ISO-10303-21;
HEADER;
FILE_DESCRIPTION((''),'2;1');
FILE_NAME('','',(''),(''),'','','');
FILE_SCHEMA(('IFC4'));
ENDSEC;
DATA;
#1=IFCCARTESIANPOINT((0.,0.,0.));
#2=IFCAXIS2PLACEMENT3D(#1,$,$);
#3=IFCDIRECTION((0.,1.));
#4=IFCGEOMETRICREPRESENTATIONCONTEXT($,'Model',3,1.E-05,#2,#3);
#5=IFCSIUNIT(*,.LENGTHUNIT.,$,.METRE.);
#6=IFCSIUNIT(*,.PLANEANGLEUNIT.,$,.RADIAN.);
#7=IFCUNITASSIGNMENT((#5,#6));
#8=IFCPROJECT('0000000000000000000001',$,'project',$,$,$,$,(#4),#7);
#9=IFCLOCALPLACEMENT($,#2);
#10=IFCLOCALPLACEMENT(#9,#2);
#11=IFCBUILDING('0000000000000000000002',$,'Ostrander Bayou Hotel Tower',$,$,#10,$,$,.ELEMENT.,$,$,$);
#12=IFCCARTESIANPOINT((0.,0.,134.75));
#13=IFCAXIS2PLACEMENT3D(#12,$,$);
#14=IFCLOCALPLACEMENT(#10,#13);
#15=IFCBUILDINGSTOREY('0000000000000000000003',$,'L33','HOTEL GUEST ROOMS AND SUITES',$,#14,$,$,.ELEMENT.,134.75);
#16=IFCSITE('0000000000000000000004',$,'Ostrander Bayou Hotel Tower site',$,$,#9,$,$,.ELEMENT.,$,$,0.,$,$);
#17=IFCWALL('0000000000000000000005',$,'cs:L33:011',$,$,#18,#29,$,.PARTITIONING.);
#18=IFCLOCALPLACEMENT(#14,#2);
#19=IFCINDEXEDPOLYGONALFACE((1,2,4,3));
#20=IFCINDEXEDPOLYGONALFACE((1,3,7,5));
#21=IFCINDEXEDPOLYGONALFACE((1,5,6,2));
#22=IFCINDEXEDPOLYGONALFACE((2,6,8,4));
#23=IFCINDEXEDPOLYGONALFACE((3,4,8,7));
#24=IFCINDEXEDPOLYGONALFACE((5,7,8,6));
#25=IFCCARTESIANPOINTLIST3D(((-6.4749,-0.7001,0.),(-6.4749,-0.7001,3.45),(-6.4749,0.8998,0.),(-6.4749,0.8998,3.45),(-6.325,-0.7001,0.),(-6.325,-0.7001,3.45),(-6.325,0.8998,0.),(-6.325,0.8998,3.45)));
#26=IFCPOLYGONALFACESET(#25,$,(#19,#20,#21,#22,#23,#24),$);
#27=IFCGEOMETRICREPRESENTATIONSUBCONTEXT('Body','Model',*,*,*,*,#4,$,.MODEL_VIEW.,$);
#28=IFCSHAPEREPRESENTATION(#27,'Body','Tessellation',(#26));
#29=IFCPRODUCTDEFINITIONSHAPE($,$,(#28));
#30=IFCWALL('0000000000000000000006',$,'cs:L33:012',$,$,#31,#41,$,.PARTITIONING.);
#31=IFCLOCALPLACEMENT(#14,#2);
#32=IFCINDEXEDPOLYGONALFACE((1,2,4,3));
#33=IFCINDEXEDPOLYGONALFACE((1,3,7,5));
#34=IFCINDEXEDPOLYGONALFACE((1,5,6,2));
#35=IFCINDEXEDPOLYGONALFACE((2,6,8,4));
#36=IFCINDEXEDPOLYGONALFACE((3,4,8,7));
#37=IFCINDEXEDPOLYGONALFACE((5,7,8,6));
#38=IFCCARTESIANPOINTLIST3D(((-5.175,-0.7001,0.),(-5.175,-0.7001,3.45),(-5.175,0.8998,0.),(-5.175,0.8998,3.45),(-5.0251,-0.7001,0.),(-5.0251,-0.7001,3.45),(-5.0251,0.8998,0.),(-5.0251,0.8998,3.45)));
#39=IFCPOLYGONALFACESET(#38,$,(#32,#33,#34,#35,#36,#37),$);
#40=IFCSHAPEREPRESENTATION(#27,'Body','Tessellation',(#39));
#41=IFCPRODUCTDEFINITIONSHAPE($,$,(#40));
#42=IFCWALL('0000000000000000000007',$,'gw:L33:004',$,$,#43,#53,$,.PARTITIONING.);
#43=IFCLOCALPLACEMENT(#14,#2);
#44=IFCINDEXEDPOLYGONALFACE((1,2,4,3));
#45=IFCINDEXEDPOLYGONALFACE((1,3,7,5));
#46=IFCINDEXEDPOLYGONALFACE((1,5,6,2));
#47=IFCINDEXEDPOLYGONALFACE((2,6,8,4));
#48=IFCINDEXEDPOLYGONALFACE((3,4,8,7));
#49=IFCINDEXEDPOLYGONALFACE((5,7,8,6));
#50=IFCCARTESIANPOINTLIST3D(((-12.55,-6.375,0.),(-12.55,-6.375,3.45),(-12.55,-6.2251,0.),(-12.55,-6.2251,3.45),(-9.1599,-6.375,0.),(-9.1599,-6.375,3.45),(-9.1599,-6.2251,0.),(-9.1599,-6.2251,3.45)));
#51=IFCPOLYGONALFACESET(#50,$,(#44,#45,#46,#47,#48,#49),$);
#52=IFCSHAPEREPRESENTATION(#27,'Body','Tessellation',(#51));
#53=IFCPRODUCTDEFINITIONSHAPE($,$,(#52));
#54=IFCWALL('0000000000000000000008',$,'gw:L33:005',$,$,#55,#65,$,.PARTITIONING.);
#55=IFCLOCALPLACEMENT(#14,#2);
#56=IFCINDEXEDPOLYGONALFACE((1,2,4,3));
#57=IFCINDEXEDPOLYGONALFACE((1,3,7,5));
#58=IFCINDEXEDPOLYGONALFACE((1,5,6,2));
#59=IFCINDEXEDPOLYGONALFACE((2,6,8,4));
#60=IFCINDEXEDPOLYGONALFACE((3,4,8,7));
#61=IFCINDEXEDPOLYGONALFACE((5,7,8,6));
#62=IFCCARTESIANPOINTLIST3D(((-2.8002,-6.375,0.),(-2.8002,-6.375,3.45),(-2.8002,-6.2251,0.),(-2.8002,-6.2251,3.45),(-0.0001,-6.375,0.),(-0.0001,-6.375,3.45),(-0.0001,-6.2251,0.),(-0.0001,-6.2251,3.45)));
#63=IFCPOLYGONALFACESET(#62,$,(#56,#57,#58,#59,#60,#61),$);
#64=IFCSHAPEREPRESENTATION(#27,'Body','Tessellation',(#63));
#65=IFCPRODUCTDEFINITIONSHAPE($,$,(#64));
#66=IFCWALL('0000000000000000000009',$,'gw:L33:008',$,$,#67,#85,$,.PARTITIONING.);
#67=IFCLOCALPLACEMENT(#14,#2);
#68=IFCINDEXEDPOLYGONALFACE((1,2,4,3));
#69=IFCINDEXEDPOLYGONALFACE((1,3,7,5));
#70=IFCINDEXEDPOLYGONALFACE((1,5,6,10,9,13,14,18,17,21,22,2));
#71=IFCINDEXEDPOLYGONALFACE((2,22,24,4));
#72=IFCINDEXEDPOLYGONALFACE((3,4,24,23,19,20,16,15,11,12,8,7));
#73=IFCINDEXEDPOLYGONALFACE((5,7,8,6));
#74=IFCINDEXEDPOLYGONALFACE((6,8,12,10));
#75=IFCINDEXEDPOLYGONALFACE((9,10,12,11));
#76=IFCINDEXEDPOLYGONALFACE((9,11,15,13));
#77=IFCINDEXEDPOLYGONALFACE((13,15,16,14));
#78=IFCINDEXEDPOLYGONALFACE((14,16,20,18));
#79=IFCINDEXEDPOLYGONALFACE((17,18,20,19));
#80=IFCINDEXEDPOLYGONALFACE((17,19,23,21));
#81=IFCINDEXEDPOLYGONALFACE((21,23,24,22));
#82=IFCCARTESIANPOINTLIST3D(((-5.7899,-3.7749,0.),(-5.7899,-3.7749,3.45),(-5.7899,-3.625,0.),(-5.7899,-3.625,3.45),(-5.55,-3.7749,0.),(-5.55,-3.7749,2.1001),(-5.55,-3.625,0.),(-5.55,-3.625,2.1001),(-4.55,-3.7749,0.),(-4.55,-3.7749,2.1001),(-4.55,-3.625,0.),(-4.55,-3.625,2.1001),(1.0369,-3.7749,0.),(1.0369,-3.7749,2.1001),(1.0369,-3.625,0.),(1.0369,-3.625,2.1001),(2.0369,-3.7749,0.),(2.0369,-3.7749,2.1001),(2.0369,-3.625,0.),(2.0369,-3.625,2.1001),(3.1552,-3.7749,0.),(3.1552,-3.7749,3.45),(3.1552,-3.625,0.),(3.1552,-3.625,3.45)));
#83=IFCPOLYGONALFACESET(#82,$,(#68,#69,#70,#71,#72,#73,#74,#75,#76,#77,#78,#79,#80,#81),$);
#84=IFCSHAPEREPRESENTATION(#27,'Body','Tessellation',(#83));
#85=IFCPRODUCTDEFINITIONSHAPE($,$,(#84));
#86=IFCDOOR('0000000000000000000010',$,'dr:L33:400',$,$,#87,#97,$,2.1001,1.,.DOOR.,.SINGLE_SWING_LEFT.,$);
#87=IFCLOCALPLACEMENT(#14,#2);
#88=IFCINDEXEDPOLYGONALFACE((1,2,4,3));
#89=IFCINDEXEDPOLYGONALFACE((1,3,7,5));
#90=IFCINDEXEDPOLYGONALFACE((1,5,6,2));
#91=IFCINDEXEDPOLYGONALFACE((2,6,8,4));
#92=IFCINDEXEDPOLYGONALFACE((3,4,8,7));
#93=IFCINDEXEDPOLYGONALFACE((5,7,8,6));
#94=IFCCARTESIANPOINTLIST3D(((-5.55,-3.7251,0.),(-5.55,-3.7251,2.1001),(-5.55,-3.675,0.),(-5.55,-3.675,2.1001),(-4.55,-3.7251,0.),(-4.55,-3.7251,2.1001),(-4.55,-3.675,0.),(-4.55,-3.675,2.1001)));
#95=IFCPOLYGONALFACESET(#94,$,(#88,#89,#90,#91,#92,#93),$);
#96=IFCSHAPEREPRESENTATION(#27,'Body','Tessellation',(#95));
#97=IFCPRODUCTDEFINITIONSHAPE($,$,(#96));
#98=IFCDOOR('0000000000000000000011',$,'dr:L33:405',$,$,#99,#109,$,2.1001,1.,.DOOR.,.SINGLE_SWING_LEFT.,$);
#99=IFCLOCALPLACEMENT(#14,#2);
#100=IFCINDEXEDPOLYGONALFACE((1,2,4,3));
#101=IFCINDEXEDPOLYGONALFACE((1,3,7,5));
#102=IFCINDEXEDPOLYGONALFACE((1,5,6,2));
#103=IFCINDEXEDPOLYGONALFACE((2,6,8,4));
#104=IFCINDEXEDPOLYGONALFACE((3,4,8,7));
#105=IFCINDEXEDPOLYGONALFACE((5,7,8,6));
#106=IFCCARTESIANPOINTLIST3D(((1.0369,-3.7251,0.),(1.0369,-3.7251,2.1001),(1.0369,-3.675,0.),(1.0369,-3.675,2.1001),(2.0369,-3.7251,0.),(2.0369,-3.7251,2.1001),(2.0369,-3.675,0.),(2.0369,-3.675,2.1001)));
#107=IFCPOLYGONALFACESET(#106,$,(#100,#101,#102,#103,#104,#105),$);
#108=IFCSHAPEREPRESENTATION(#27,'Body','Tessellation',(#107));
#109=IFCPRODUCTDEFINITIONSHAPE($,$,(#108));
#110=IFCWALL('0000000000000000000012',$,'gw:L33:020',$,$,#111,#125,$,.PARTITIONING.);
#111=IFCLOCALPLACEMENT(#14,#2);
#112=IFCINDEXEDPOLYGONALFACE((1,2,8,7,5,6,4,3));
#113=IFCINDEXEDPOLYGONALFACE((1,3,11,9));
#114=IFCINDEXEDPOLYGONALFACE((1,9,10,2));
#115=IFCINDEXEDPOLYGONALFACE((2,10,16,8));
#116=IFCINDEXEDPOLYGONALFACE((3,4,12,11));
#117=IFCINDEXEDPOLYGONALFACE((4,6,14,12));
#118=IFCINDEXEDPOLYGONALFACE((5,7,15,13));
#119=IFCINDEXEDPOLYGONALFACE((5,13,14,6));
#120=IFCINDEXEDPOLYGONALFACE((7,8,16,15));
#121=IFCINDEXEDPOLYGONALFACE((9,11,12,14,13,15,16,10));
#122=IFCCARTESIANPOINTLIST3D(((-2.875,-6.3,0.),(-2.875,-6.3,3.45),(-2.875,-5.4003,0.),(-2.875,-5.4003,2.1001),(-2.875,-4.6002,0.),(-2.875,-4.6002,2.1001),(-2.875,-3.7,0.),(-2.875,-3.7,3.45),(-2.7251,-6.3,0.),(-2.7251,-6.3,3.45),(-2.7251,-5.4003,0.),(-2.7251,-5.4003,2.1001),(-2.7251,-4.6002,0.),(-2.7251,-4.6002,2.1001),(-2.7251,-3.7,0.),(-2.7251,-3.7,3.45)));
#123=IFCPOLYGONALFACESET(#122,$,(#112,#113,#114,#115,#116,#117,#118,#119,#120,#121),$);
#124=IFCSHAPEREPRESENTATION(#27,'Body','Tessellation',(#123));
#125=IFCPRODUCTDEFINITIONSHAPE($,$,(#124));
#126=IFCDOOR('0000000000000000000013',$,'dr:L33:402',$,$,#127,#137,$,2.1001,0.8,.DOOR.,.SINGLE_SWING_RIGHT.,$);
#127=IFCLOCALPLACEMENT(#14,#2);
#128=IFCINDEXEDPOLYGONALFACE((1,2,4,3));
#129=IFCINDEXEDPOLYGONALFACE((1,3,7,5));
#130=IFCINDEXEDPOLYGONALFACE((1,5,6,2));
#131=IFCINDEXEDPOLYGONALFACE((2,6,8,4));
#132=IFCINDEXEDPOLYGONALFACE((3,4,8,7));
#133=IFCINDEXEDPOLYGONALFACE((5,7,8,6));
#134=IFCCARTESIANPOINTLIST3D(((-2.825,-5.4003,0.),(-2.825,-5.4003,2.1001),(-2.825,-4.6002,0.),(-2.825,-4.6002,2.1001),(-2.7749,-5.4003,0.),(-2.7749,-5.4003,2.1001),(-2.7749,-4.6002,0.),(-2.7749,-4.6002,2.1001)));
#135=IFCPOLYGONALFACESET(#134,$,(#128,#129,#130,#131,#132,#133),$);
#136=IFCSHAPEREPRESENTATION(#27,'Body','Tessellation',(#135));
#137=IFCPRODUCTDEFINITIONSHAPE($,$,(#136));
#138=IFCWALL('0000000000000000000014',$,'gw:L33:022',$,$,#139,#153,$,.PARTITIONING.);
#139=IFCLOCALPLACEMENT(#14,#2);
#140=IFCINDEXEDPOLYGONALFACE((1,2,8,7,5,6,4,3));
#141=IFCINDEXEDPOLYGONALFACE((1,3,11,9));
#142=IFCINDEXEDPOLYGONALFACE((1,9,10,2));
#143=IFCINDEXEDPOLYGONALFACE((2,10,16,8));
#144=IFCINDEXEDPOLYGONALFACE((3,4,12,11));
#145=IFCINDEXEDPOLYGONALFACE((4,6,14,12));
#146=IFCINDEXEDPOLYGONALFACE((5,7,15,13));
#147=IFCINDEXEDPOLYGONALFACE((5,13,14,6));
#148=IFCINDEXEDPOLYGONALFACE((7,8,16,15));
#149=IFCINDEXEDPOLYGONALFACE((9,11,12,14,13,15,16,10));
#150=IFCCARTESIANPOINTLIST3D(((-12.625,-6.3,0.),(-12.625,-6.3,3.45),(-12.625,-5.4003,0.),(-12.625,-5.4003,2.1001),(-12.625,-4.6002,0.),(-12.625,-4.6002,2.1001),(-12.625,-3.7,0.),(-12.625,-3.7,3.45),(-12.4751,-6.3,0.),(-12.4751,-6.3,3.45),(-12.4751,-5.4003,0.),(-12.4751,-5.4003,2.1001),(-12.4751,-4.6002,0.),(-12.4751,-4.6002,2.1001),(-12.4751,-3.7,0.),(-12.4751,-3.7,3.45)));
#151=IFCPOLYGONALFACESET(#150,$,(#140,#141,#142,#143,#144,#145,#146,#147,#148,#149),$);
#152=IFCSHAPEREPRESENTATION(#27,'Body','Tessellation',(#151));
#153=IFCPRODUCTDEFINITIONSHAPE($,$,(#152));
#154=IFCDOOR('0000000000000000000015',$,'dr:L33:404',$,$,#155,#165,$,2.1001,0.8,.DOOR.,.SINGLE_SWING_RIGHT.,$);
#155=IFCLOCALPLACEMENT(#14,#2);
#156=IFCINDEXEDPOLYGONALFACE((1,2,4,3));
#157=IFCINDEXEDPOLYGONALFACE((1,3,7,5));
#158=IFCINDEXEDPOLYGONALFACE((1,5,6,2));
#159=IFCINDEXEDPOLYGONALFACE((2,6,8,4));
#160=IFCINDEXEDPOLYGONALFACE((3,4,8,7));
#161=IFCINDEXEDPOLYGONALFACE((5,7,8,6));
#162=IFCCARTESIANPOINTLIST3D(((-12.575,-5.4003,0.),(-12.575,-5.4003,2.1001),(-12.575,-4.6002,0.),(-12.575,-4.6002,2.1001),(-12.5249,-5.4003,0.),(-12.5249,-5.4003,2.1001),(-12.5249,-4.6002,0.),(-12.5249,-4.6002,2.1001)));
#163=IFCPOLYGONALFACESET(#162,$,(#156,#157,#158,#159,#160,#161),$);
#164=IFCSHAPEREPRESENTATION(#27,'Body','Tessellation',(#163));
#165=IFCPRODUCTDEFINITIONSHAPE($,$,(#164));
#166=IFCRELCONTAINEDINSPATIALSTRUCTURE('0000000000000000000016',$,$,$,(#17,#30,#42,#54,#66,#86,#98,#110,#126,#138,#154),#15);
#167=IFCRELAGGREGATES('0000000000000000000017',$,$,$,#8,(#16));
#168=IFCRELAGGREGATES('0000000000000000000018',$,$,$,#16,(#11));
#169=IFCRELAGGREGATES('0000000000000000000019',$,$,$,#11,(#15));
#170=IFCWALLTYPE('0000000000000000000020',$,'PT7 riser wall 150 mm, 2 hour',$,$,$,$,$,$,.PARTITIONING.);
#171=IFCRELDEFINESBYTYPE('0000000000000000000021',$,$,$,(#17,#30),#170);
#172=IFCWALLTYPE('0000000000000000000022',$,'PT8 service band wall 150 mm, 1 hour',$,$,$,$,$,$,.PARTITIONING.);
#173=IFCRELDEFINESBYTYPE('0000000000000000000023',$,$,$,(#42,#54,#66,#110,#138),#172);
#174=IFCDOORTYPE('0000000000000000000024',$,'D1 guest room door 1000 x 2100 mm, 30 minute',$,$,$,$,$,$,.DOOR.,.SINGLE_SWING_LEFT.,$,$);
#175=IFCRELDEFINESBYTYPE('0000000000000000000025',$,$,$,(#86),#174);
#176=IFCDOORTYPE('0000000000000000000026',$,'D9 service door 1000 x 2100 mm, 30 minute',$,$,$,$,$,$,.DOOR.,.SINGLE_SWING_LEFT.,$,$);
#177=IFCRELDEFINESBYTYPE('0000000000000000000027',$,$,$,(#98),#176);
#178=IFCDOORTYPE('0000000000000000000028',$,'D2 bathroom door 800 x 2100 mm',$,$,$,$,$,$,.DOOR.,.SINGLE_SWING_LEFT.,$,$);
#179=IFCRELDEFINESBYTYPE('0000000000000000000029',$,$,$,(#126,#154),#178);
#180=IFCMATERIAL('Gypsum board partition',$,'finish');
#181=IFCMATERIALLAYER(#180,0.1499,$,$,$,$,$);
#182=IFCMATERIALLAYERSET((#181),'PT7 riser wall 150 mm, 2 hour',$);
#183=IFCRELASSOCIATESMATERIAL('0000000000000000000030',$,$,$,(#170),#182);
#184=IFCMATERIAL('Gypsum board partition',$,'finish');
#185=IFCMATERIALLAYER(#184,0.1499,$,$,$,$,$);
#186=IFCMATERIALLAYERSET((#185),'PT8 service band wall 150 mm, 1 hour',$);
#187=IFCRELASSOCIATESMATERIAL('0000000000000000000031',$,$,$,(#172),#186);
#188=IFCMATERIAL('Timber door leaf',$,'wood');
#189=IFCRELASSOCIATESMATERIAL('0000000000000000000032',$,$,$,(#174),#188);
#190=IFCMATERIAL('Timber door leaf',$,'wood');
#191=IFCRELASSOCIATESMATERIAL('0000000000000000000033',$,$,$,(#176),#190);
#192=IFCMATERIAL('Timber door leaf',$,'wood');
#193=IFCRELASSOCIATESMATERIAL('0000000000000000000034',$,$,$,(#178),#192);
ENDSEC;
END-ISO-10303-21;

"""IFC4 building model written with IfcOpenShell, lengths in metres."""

from ifc_helpers import new_model, si_unit, direction, frame, frame_2d, origin, place, context, subcontext, project, spatial, rectangle, extrude, material, layer, layer_set, type_object, element, fill, save


model = new_model("IFC4")

# Units and contexts
model_context = context("Model", 3, precision=1e-05, world=origin(), true_north=direction((0.0, 1.0)))
body_context = subcontext(model_context, "Body", "Model", "MODEL_VIEW")
ifc_project = project(units=[si_unit("LENGTHUNIT", "METRE"), si_unit("PLANEANGLEUNIT", "RADIAN")], contexts=[model_context])

# Site, building, storey
site_placement = place(None, origin())
site = spatial("IfcSite", under=ifc_project, at=site_placement, Name="Ostrander Bayou Hotel Tower site", CompositionType="ELEMENT", RefElevation=0.0)
building_placement = place(site_placement, origin())
building = spatial("IfcBuilding", under=site, at=building_placement, Name="Ostrander Bayou Hotel Tower", CompositionType="ELEMENT")
storey_placement = place(building_placement, frame((0.0, 0.0, 134.75)))
storey = spatial("IfcBuildingStorey", under=building, at=storey_placement, Name="L33", Description="HOTEL GUEST ROOMS AND SUITES", CompositionType="ELEMENT", Elevation=134.75)

# Walls
ifc_material_1 = material(Name="Gypsum board partition", Category="finish")
ifc_layer_1 = layer(ifc_material_1, 0.1499)
ifc_layer_set_1 = layer_set([ifc_layer_1], Name="PT7 riser wall 150 mm, 2 hour")
wall_type_1 = type_object("IfcWallType", Name="PT7 riser wall 150 mm, 2 hour", PredefinedType="PARTITIONING", material=ifc_layer_set_1)
for number, where, z_axis, x_axis, name in (
    (1, (-6.3999, -0.7, 0.0), (0.0, 0.0, 1.0), (0.0, 1.0, 0.0), "cs:L33:011"),
    (2, (-5.1001, -0.7, 0.0), (0.0, 0.0, 1.0), (0.0, 1.0, 0.0), "cs:L33:012"),
):
    element("IfcWall", number, at=place(storey_placement, frame(where, z_axis=z_axis, x_axis=x_axis)), inside=storey, type_object=wall_type_1, Name=name, PredefinedType="PARTITIONING", context=body_context, shape_type="SweptSolid", body=[
        extrude(rectangle(XDim=1.5999, YDim=0.1499, at=frame_2d((0.7998, 0.0))), origin(), (0.0, 0.0, 1.0), 3.45),
    ])
ifc_material_2 = material(Name="Gypsum board partition", Category="finish")
ifc_layer_2 = layer(ifc_material_2, 0.1499)
ifc_layer_set_2 = layer_set([ifc_layer_2], Name="PT8 service band wall 150 mm, 1 hour")
wall_type_2 = type_object("IfcWallType", Name="PT8 service band wall 150 mm, 1 hour", PredefinedType="PARTITIONING", material=ifc_layer_set_2)
wall_1_placement = place(storey_placement, frame((-12.55, -6.3, 0.0), z_axis=(0.0, 0.0, 1.0), x_axis=(1.0, 0.0, 0.0)))
element("IfcWall", 3, at=wall_1_placement, inside=storey, type_object=wall_type_2, Name="gw:L33:004", PredefinedType="PARTITIONING", context=body_context, shape_type="SweptSolid", body=[
    extrude(rectangle(XDim=3.3901, YDim=0.1499, at=frame_2d((1.6951, 0.0))), origin(), (0.0, 0.0, 1.0), 3.45),
])
wall_2_placement = place(storey_placement, frame((-2.8, -6.3, 0.0), z_axis=(0.0, 0.0, 1.0), x_axis=(1.0, 0.0, 0.0)))
element("IfcWall", 4, at=wall_2_placement, inside=storey, type_object=wall_type_2, Name="gw:L33:005", PredefinedType="PARTITIONING", context=body_context, shape_type="SweptSolid", body=[
    extrude(rectangle(XDim=2.8, YDim=0.1499, at=frame_2d((1.3999, 0.0))), origin(), (0.0, 0.0, 1.0), 3.45),
])

# Wall, openings, doors
wall_3_placement = place(storey_placement, frame((-5.79, -3.7, 0.0), z_axis=(0.0, 0.0, 1.0), x_axis=(1.0, 0.0, 0.0)))
wall_3 = element("IfcWall", 5, at=wall_3_placement, inside=storey, type_object=wall_type_2, Name="gw:L33:008", PredefinedType="PARTITIONING", context=body_context, shape_type="SweptSolid", body=[
    extrude(rectangle(XDim=8.9451, YDim=0.1499, at=frame_2d((4.4727, 0.0))), origin(), (0.0, 0.0, 1.0), 3.45),
])
opening_1_placement = place(wall_3_placement, frame((0.24, 0.0, 0.0)))
opening_1 = element("IfcOpeningElement", 6, at=opening_1_placement, cuts=wall_3, PredefinedType="OPENING", context=body_context, shape_type="SweptSolid", body=[
    extrude(rectangle(XDim=1.0, YDim=2.1001, at=frame_2d((0.5, 1.05))), frame((0.0, 0.075, 0.0), z_axis=(0.0, -1.0, 0.0), x_axis=(1.0, 0.0, 0.0)), (0.0, 0.0, 1.0), 0.1499),
])
opening_2_placement = place(wall_3_placement, frame((6.8269, 0.0, 0.0)))
opening_2 = element("IfcOpeningElement", 7, at=opening_2_placement, cuts=wall_3, PredefinedType="OPENING", context=body_context, shape_type="SweptSolid", body=[
    extrude(rectangle(XDim=1.0, YDim=2.1001, at=frame_2d((0.5, 1.05))), frame((0.0, 0.075, 0.0), z_axis=(0.0, -1.0, 0.0), x_axis=(1.0, 0.0, 0.0)), (0.0, 0.0, 1.0), 0.1499),
])
ifc_material_3 = material(Name="Timber door leaf", Category="wood")
door_type_1 = type_object("IfcDoorType", Name="D1 guest room door 1000 x 2100 mm, 30 minute", OperationType="SINGLE_SWING_LEFT", PredefinedType="DOOR", material=ifc_material_3)
door_1_placement = place(opening_1_placement, origin())
door_1 = element("IfcDoor", 8, at=door_1_placement, inside=storey, type_object=door_type_1, Name="dr:L33:400", OperationType="SINGLE_SWING_LEFT", OverallHeight=2.1001, OverallWidth=1.0, PredefinedType="DOOR", context=body_context, shape_type="SweptSolid", body=[
    extrude(rectangle(XDim=1.0, YDim=2.1001, at=frame_2d((0.5, 1.05))), frame((0.0, 0.0249, 0.0), z_axis=(0.0, -1.0, 0.0), x_axis=(1.0, 0.0, 0.0)), (0.0, 0.0, 1.0), 0.05),
])
fill(opening_1, door_1)
ifc_material_4 = material(Name="Timber door leaf", Category="wood")
door_type_2 = type_object("IfcDoorType", Name="D9 service door 1000 x 2100 mm, 30 minute", OperationType="SINGLE_SWING_LEFT", PredefinedType="DOOR", material=ifc_material_4)
door_2_placement = place(opening_2_placement, origin())
door_2 = element("IfcDoor", 9, at=door_2_placement, inside=storey, type_object=door_type_2, Name="dr:L33:405", OperationType="SINGLE_SWING_LEFT", OverallHeight=2.1001, OverallWidth=1.0, PredefinedType="DOOR", context=body_context, shape_type="SweptSolid", body=[
    extrude(rectangle(XDim=1.0, YDim=2.1001, at=frame_2d((0.5, 1.05))), frame((0.0, 0.0249, 0.0), z_axis=(0.0, -1.0, 0.0), x_axis=(1.0, 0.0, 0.0)), (0.0, 0.0, 1.0), 0.05),
])
fill(opening_2, door_2)

# Walls, openings, doors
wall_4_placement = place(storey_placement, frame((-2.8, -6.3, 0.0), z_axis=(0.0, 0.0, 1.0), x_axis=(0.0, 1.0, 0.0)))
wall_4 = element("IfcWall", 10, at=wall_4_placement, inside=storey, type_object=wall_type_2, Name="gw:L33:020", PredefinedType="PARTITIONING", context=body_context, shape_type="SweptSolid", body=[
    extrude(rectangle(XDim=2.6001, YDim=0.1499, at=frame_2d((1.3, 0.0))), origin(), (0.0, 0.0, 1.0), 3.45),
])
opening_3_placement = place(wall_4_placement, frame((0.8999, 0.0, 0.0)))
opening_3 = element("IfcOpeningElement", 11, at=opening_3_placement, cuts=wall_4, PredefinedType="OPENING", context=body_context, shape_type="SweptSolid", body=[
    extrude(rectangle(XDim=0.8, YDim=2.1001, at=frame_2d((0.3999, 1.05))), frame((0.0, 0.075, 0.0), z_axis=(0.0, -1.0, 0.0), x_axis=(1.0, 0.0, 0.0)), (0.0, 0.0, 1.0), 0.1499),
])
ifc_material_5 = material(Name="Timber door leaf", Category="wood")
door_type_3 = type_object("IfcDoorType", Name="D2 bathroom door 800 x 2100 mm", OperationType="SINGLE_SWING_LEFT", PredefinedType="DOOR", material=ifc_material_5)
door_3_placement = place(opening_3_placement, origin())
door_3 = element("IfcDoor", 12, at=door_3_placement, inside=storey, type_object=door_type_3, Name="dr:L33:402", OperationType="SINGLE_SWING_RIGHT", OverallHeight=2.1001, OverallWidth=0.8, PredefinedType="DOOR", context=body_context, shape_type="SweptSolid", body=[
    extrude(rectangle(XDim=0.8, YDim=2.1001, at=frame_2d((0.3999, 1.05))), frame((0.0, 0.0249, 0.0), z_axis=(0.0, -1.0, 0.0), x_axis=(1.0, 0.0, 0.0)), (0.0, 0.0, 1.0), 0.05),
])
fill(opening_3, door_3)
wall_5_placement = place(storey_placement, frame((-12.55, -6.3, 0.0), z_axis=(0.0, 0.0, 1.0), x_axis=(0.0, 1.0, 0.0)))
wall_5 = element("IfcWall", 13, at=wall_5_placement, inside=storey, type_object=wall_type_2, Name="gw:L33:022", PredefinedType="PARTITIONING", context=body_context, shape_type="SweptSolid", body=[
    extrude(rectangle(XDim=2.6001, YDim=0.1499, at=frame_2d((1.3, 0.0))), origin(), (0.0, 0.0, 1.0), 3.45),
])
opening_4_placement = place(wall_5_placement, frame((0.8999, 0.0, 0.0)))
opening_4 = element("IfcOpeningElement", 14, at=opening_4_placement, cuts=wall_5, PredefinedType="OPENING", context=body_context, shape_type="SweptSolid", body=[
    extrude(rectangle(XDim=0.8, YDim=2.1001, at=frame_2d((0.3999, 1.05))), frame((0.0, 0.075, 0.0), z_axis=(0.0, -1.0, 0.0), x_axis=(1.0, 0.0, 0.0)), (0.0, 0.0, 1.0), 0.1499),
])
door_4_placement = place(opening_4_placement, origin())
door_4 = element("IfcDoor", 15, at=door_4_placement, inside=storey, type_object=door_type_3, Name="dr:L33:404", OperationType="SINGLE_SWING_RIGHT", OverallHeight=2.1001, OverallWidth=0.8, PredefinedType="DOOR", context=body_context, shape_type="SweptSolid", body=[
    extrude(rectangle(XDim=0.8, YDim=2.1001, at=frame_2d((0.3999, 1.05))), frame((0.0, 0.0249, 0.0), z_axis=(0.0, -1.0, 0.0), x_axis=(1.0, 0.0, 0.0)), (0.0, 0.0, 1.0), 0.05),
])
fill(opening_4, door_4)

save(model, "model.ifc")
